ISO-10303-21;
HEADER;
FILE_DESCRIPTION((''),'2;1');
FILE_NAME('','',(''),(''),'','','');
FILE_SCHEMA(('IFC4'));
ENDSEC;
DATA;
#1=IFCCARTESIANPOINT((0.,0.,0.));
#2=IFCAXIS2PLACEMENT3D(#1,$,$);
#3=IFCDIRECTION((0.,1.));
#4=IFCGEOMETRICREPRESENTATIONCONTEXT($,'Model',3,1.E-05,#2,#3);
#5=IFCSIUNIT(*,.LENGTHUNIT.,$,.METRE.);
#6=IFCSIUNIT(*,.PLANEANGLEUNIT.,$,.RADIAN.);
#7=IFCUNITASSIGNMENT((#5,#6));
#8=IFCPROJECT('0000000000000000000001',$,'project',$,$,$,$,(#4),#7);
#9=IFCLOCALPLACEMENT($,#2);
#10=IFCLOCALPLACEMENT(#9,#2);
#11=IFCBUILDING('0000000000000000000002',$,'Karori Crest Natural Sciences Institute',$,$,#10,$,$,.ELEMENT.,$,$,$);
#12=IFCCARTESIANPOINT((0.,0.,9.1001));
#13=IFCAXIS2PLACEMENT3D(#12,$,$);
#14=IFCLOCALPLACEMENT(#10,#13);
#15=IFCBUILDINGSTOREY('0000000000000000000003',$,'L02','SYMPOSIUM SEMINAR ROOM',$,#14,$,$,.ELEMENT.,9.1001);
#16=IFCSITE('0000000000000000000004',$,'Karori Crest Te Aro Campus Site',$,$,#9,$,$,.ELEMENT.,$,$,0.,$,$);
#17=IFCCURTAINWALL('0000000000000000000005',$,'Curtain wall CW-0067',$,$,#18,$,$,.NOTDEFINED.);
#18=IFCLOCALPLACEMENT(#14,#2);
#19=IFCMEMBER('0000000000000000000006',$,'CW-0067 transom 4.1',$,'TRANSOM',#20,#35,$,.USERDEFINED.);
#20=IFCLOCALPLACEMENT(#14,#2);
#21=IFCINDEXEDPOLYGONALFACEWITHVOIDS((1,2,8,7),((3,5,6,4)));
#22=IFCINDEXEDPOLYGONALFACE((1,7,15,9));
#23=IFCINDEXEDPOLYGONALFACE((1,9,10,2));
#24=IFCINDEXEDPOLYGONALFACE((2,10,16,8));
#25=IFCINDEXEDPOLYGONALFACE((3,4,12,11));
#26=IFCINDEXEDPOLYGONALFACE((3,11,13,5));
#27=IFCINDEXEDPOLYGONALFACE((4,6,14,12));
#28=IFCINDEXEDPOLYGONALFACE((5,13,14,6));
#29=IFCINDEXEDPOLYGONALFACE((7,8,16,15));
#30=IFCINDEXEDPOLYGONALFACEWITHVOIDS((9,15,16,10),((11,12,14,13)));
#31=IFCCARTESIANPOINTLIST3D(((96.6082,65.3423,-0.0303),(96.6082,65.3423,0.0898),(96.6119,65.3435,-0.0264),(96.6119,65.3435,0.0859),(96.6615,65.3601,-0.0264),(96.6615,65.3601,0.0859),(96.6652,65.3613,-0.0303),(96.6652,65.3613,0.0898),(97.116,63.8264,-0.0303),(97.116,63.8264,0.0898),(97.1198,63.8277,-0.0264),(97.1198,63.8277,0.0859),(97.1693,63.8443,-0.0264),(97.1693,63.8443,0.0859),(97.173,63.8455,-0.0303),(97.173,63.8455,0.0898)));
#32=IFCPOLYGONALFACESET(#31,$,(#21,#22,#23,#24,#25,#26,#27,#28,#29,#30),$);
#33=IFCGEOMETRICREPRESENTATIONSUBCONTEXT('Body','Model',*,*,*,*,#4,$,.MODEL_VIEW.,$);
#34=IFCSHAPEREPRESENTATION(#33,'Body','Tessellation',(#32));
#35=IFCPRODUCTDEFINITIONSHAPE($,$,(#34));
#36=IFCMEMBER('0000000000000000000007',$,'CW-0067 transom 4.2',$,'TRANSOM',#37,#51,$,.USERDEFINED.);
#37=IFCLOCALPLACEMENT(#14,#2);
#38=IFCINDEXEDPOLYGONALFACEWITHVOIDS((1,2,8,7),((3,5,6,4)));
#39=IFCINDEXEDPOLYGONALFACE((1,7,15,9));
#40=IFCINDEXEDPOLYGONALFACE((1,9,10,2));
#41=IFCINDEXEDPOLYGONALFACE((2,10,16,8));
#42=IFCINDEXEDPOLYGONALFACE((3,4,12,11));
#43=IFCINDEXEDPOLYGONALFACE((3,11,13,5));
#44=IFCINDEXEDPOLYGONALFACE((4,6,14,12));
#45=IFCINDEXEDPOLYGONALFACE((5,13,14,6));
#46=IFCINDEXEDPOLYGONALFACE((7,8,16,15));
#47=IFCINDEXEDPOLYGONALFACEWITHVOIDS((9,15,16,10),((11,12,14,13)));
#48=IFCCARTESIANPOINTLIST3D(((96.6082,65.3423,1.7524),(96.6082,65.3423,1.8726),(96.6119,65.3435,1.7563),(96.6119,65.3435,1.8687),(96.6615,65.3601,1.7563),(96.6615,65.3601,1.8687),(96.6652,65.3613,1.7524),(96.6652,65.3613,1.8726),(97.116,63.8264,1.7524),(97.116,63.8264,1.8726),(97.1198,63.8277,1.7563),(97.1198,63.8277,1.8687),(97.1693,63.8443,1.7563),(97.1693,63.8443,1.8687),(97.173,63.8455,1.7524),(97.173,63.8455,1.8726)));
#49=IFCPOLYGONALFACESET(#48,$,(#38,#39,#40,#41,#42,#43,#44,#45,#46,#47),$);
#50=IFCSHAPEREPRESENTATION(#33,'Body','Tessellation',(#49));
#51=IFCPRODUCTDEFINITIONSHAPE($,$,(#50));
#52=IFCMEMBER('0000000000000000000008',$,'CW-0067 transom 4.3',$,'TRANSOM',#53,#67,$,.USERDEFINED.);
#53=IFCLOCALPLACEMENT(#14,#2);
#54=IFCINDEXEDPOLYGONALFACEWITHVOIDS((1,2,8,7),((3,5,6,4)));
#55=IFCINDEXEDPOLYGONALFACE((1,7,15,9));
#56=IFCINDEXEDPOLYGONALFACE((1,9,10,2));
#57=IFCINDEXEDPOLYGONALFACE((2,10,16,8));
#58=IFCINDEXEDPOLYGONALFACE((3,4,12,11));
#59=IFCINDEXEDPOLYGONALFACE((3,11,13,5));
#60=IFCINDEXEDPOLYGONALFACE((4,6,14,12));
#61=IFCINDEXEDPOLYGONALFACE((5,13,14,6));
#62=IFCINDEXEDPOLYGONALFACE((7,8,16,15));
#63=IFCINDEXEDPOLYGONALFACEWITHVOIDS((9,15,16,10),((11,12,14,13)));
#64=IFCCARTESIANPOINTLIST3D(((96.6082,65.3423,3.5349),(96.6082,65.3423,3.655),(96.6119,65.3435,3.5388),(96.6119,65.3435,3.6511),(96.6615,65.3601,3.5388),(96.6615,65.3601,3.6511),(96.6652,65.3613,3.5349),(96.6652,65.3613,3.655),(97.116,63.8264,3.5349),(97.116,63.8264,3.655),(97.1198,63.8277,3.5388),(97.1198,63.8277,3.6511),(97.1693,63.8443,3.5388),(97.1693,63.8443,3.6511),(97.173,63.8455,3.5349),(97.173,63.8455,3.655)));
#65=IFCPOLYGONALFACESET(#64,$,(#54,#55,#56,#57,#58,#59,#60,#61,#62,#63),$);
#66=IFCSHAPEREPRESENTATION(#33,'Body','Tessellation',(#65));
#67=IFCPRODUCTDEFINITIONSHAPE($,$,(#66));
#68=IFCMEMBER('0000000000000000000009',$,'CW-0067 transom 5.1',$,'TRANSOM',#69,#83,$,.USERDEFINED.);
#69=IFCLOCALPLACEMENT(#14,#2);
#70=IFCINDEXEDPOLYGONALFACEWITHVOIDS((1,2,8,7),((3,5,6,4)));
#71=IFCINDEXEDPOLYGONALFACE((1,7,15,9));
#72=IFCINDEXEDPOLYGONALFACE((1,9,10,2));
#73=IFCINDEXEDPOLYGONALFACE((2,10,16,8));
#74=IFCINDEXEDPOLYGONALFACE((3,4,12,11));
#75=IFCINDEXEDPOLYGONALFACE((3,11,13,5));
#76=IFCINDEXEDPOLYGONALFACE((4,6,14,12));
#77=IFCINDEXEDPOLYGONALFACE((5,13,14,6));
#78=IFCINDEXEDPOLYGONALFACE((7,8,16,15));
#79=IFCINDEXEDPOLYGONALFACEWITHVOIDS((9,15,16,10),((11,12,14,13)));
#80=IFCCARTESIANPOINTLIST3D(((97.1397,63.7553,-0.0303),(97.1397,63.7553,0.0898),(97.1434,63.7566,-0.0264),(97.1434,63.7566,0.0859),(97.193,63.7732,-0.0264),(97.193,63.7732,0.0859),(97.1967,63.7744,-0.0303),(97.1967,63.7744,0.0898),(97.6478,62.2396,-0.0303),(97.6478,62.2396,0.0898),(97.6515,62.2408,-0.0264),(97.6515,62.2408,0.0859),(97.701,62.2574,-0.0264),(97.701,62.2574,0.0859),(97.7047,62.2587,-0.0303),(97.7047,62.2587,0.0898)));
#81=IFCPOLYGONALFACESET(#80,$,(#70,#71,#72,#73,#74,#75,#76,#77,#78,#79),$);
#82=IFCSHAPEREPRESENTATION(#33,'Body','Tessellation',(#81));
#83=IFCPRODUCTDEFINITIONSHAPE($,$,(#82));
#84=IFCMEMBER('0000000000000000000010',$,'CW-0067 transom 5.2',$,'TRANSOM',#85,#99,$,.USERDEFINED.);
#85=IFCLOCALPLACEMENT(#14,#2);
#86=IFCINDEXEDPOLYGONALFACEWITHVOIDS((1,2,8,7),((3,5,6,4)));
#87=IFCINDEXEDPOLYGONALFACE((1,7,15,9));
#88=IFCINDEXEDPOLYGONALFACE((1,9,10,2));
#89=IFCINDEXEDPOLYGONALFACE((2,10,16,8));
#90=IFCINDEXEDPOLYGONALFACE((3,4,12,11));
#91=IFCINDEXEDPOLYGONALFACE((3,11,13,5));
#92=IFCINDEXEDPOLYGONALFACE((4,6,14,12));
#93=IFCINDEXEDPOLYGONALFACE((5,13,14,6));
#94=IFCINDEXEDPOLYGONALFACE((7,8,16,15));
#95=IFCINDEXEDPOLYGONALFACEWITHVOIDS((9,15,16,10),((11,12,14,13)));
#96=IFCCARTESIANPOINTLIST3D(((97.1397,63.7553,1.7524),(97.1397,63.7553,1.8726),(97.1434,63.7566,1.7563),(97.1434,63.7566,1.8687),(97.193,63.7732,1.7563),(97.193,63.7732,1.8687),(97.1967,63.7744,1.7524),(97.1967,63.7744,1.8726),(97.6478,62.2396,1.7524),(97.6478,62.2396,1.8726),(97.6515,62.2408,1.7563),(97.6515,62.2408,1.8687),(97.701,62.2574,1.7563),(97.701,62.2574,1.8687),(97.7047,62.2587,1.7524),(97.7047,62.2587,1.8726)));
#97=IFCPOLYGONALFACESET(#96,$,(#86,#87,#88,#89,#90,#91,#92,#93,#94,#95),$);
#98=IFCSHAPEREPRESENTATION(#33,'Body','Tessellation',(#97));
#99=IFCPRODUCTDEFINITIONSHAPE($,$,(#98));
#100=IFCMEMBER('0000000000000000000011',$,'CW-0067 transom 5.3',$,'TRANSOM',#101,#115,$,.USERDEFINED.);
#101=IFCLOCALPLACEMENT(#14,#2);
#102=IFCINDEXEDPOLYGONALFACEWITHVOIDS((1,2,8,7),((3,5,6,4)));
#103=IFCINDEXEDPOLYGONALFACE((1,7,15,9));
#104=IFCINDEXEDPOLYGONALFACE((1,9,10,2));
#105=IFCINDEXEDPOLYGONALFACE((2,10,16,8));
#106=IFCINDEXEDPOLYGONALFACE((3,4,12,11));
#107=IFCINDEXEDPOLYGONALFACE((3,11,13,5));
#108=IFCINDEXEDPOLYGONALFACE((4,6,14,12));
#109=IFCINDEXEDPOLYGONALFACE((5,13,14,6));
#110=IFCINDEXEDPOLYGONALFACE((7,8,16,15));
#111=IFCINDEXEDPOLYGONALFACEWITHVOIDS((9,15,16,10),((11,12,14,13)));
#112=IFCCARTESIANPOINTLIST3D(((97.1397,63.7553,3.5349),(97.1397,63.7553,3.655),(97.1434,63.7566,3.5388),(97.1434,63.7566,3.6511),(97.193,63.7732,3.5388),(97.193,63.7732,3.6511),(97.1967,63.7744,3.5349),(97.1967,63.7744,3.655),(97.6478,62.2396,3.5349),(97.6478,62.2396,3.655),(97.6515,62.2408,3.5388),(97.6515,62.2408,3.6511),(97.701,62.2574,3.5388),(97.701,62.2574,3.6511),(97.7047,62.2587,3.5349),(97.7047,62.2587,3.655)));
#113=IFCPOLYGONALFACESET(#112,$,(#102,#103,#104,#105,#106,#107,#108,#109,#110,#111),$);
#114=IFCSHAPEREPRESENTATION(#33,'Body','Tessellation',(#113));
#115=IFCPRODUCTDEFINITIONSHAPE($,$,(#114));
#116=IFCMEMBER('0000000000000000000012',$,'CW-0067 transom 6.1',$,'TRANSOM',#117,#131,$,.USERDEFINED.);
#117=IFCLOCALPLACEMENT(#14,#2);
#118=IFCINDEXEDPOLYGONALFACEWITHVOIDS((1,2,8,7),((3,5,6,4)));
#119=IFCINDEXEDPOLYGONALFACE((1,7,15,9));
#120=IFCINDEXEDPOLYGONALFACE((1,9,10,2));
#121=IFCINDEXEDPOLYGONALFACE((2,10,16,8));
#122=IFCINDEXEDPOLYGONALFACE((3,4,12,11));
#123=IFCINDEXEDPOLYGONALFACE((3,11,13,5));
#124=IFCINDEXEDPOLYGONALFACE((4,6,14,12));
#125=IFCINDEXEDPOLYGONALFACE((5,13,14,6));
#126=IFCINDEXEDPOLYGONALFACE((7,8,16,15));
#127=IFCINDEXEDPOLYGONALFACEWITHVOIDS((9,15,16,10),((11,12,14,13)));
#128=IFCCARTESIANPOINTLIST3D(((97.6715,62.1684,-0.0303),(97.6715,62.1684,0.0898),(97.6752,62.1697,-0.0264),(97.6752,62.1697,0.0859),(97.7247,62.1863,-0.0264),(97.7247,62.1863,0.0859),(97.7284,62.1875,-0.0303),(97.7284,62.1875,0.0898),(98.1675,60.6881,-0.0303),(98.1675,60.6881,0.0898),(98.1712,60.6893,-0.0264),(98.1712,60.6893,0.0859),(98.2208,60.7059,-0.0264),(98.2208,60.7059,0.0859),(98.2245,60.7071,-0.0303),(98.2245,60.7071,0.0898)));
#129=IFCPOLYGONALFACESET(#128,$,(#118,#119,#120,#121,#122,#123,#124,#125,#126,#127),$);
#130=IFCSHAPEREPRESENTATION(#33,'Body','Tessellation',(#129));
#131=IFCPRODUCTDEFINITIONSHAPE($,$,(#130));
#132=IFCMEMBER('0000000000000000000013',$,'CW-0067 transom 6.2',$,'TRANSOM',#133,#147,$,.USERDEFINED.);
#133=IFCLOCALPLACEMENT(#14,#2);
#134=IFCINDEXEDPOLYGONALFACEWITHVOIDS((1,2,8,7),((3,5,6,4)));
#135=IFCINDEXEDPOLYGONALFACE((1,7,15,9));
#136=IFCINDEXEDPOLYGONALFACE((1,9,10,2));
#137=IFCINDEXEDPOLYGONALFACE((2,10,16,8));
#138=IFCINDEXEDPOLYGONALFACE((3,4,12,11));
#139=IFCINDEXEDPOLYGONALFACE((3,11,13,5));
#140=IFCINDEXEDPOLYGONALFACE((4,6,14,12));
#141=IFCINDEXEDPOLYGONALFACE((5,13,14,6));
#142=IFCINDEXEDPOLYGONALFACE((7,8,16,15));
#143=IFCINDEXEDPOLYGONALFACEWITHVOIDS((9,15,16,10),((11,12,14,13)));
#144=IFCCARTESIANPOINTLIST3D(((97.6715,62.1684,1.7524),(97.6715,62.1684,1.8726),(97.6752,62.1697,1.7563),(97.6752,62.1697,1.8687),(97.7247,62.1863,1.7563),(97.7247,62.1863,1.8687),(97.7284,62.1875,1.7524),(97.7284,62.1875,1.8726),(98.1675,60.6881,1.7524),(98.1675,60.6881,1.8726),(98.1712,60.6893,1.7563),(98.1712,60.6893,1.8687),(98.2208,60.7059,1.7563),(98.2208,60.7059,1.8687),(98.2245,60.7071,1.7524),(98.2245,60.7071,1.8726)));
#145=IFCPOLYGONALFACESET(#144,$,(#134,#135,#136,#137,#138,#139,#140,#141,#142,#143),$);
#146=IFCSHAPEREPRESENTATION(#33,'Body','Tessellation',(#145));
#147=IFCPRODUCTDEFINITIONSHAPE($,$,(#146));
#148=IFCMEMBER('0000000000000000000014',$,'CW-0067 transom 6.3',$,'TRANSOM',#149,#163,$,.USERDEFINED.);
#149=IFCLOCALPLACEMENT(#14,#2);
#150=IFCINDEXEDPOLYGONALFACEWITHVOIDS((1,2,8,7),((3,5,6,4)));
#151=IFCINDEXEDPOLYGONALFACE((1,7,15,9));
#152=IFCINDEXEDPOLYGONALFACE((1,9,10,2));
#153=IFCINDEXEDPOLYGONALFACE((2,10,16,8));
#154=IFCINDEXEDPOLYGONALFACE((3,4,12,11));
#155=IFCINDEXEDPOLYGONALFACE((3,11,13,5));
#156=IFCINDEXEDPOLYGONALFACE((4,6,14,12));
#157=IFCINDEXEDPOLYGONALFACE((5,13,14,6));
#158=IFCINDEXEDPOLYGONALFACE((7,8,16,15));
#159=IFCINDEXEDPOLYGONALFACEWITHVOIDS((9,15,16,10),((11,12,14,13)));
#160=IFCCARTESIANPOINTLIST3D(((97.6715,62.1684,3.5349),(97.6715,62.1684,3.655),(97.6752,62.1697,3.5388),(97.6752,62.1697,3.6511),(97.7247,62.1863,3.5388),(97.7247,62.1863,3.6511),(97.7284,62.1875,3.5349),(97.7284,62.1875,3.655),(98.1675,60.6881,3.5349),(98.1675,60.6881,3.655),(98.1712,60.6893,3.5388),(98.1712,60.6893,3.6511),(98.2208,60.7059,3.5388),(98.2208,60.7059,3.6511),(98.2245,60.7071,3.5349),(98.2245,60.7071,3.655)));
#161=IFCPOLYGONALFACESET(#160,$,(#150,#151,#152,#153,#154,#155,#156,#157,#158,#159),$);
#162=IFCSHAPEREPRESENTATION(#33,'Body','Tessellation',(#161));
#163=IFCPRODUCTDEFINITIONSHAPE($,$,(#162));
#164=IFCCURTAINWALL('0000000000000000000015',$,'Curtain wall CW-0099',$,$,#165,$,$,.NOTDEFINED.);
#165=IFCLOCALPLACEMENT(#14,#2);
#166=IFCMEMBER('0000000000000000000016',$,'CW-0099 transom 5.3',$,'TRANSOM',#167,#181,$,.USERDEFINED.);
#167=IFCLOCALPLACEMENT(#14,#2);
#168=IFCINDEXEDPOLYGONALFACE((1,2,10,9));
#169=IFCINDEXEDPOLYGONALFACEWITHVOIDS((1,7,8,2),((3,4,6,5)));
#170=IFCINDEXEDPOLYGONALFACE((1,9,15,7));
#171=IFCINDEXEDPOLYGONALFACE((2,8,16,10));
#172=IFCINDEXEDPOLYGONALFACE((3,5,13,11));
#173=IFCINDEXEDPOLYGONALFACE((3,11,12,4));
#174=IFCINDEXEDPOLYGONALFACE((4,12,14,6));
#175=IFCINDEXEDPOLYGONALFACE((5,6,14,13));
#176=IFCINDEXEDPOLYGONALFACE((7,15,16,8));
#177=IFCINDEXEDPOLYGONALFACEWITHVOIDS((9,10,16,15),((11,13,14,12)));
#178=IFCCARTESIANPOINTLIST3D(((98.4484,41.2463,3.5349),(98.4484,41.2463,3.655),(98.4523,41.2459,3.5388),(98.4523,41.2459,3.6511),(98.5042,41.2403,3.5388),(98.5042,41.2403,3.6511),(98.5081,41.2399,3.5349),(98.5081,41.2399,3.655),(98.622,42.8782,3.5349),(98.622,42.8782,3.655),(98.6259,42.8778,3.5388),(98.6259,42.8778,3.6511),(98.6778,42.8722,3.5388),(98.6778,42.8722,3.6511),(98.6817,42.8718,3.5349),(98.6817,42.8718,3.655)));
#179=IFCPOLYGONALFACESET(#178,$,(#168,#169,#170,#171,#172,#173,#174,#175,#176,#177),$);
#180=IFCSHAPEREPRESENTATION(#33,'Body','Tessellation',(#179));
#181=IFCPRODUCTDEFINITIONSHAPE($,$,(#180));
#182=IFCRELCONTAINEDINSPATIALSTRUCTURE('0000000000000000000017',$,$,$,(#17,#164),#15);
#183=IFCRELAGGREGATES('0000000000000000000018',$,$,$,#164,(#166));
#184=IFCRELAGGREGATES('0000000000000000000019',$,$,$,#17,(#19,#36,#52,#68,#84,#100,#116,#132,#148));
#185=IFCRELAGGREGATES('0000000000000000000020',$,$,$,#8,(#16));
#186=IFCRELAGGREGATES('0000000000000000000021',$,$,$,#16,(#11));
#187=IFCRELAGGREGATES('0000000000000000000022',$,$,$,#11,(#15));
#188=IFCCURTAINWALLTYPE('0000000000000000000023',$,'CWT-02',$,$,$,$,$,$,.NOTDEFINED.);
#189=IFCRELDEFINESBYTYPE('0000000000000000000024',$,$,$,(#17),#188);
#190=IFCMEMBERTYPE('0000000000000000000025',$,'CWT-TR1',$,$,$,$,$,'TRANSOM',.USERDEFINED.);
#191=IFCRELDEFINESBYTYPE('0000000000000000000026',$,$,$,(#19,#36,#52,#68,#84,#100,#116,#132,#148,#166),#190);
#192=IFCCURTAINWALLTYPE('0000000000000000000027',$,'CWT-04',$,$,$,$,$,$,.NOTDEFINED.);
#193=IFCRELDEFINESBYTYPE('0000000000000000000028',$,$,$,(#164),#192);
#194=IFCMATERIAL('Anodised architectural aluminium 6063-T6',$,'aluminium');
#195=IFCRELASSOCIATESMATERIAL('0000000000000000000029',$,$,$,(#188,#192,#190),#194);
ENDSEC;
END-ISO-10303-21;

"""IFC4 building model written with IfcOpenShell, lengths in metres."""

from ifc_helpers import new_model, si_unit, direction, frame, origin, origin_2d, place, context, subcontext, project, spatial, hollow_rectangle, extrude, material, material_profile, profile_set, type_object, element, aggregate, save


model = new_model("IFC4")

# Units and contexts
model_context = context("Model", 3, precision=1e-05, world=origin(), true_north=direction((0.0, 1.0)))
body_context = subcontext(model_context, "Body", "Model", "MODEL_VIEW")
ifc_project = project(units=[si_unit("LENGTHUNIT", "METRE"), si_unit("PLANEANGLEUNIT", "RADIAN")], contexts=[model_context])

# Site, building, storey
site_placement = place(None, origin())
site = spatial("IfcSite", under=ifc_project, at=site_placement, Name="Karori Crest Te Aro Campus Site", CompositionType="ELEMENT", RefElevation=0.0)
building_placement = place(site_placement, origin())
building = spatial("IfcBuilding", under=site, at=building_placement, Name="Karori Crest Natural Sciences Institute", CompositionType="ELEMENT")
storey_placement = place(building_placement, frame((0.0, 0.0, 9.1001)))
storey = spatial("IfcBuildingStorey", under=building, at=storey_placement, Name="L02", Description="SYMPOSIUM SEMINAR ROOM", CompositionType="ELEMENT", Elevation=9.1001)

# Curtain wall, members
ifc_material_1 = material(Name="Anodised architectural aluminium 6063-T6", Category="aluminium")
curtain_wall_type_1 = type_object("IfcCurtainWallType", Name="CWT-02", PredefinedType="NOTDEFINED", material=ifc_material_1)
curtain_wall_1_placement = place(storey_placement, origin())
curtain_wall_1 = element("IfcCurtainWall", 1, at=curtain_wall_1_placement, inside=storey, type_object=curtain_wall_type_1, Name="Curtain wall CW-0067", PredefinedType="NOTDEFINED")
ifc_material_profile_1 = material_profile(ifc_material_1, hollow_rectangle(XDim=0.0601, YDim=0.1201, WallThickness=0.0039, at=origin_2d()), Name="CWT120x60x4")
ifc_profile_set_1 = profile_set([ifc_material_profile_1], Name="Anodised architectural aluminium 6063-T6")
member_type_1 = type_object("IfcMemberType", Name="CWT-TR1", ElementType="TRANSOM", PredefinedType="USERDEFINED", material=ifc_profile_set_1)
member_1_placement = place(storey_placement, frame((96.6367, 65.3518, 0.0298), z_axis=(0.317648, -0.948209, 0.0), x_axis=(0.948209, 0.317648, 0.0)))
member_1 = element("IfcMember", 2, at=member_1_placement, type_object=member_type_1, Name="CW-0067 transom 4.1", ObjectType="TRANSOM", PredefinedType="USERDEFINED", context=body_context, shape_type="SweptSolid", body=[
    extrude(hollow_rectangle(XDim=0.0601, YDim=0.1201, WallThickness=0.0039, at=origin_2d()), origin(), (0.0, 0.0, 1.0), 1.5986),
])
member_2_placement = place(storey_placement, frame((96.6367, 65.3518, 1.8125), z_axis=(0.317648, -0.948209, 0.0), x_axis=(0.948209, 0.317648, 0.0)))
member_2 = element("IfcMember", 3, at=member_2_placement, type_object=member_type_1, Name="CW-0067 transom 4.2", ObjectType="TRANSOM", PredefinedType="USERDEFINED", context=body_context, shape_type="SweptSolid", body=[
    extrude(hollow_rectangle(XDim=0.0601, YDim=0.1201, WallThickness=0.0039, at=origin_2d()), origin(), (0.0, 0.0, 1.0), 1.5986),
])
member_3_placement = place(storey_placement, frame((96.6367, 65.3518, 3.595), z_axis=(0.317648, -0.948209, 0.0), x_axis=(0.948209, 0.317648, 0.0)))
member_3 = element("IfcMember", 4, at=member_3_placement, type_object=member_type_1, Name="CW-0067 transom 4.3", ObjectType="TRANSOM", PredefinedType="USERDEFINED", context=body_context, shape_type="SweptSolid", body=[
    extrude(hollow_rectangle(XDim=0.0601, YDim=0.1201, WallThickness=0.0039, at=origin_2d()), origin(), (0.0, 0.0, 1.0), 1.5986),
])
member_4_placement = place(storey_placement, frame((97.1682, 63.7649, 0.0298), z_axis=(0.317785, -0.948163, 0.0), x_axis=(0.948163, 0.317785, 0.0)))
member_4 = element("IfcMember", 5, at=member_4_placement, type_object=member_type_1, Name="CW-0067 transom 5.1", ObjectType="TRANSOM", PredefinedType="USERDEFINED", context=body_context, shape_type="SweptSolid", body=[
    extrude(hollow_rectangle(XDim=0.0601, YDim=0.1201, WallThickness=0.0039, at=origin_2d()), origin(), (0.0, 0.0, 1.0), 1.5986),
])
member_5_placement = place(storey_placement, frame((97.1682, 63.7649, 1.8125), z_axis=(0.317785, -0.948163, 0.0), x_axis=(0.948163, 0.317785, 0.0)))
member_5 = element("IfcMember", 6, at=member_5_placement, type_object=member_type_1, Name="CW-0067 transom 5.2", ObjectType="TRANSOM", PredefinedType="USERDEFINED", context=body_context, shape_type="SweptSolid", body=[
    extrude(hollow_rectangle(XDim=0.0601, YDim=0.1201, WallThickness=0.0039, at=origin_2d()), origin(), (0.0, 0.0, 1.0), 1.5986),
])
member_6_placement = place(storey_placement, frame((97.1682, 63.7649, 3.595), z_axis=(0.317785, -0.948163, 0.0), x_axis=(0.948163, 0.317785, 0.0)))
member_6 = element("IfcMember", 7, at=member_6_placement, type_object=member_type_1, Name="CW-0067 transom 5.3", ObjectType="TRANSOM", PredefinedType="USERDEFINED", context=body_context, shape_type="SweptSolid", body=[
    extrude(hollow_rectangle(XDim=0.0601, YDim=0.1201, WallThickness=0.0039, at=origin_2d()), origin(), (0.0, 0.0, 1.0), 1.5986),
])
member_7_placement = place(storey_placement, frame((97.7, 62.178, 0.0298), z_axis=(0.317728, -0.948182, 0.0), x_axis=(0.948182, 0.317728, 0.0)))
member_7 = element("IfcMember", 8, at=member_7_placement, type_object=member_type_1, Name="CW-0067 transom 6.1", ObjectType="TRANSOM", PredefinedType="USERDEFINED", context=body_context, shape_type="SweptSolid", body=[
    extrude(hollow_rectangle(XDim=0.0601, YDim=0.1201, WallThickness=0.0039, at=origin_2d()), origin(), (0.0, 0.0, 1.0), 1.5613),
])
member_8_placement = place(storey_placement, frame((97.7, 62.178, 1.8125), z_axis=(0.317728, -0.948182, 0.0), x_axis=(0.948182, 0.317728, 0.0)))
member_8 = element("IfcMember", 9, at=member_8_placement, type_object=member_type_1, Name="CW-0067 transom 6.2", ObjectType="TRANSOM", PredefinedType="USERDEFINED", context=body_context, shape_type="SweptSolid", body=[
    extrude(hollow_rectangle(XDim=0.0601, YDim=0.1201, WallThickness=0.0039, at=origin_2d()), origin(), (0.0, 0.0, 1.0), 1.5613),
])
member_9_placement = place(storey_placement, frame((97.7, 62.178, 3.595), z_axis=(0.317728, -0.948182, 0.0), x_axis=(0.948182, 0.317728, 0.0)))
member_9 = element("IfcMember", 10, at=member_9_placement, type_object=member_type_1, Name="CW-0067 transom 6.3", ObjectType="TRANSOM", PredefinedType="USERDEFINED", context=body_context, shape_type="SweptSolid", body=[
    extrude(hollow_rectangle(XDim=0.0601, YDim=0.1201, WallThickness=0.0039, at=origin_2d()), origin(), (0.0, 0.0, 1.0), 1.5613),
])

# Curtain wall, member
curtain_wall_type_2 = type_object("IfcCurtainWallType", Name="CWT-04", PredefinedType="NOTDEFINED", material=ifc_material_1)
curtain_wall_2_placement = place(storey_placement, origin())
curtain_wall_2 = element("IfcCurtainWall", 11, at=curtain_wall_2_placement, inside=storey, type_object=curtain_wall_type_2, Name="Curtain wall CW-0099", PredefinedType="NOTDEFINED")
member_10_placement = place(storey_placement, frame((98.6519, 42.875, 3.595), z_axis=(-0.105777, -0.99439, 0.0), x_axis=(0.99439, -0.105777, 0.0)))
member_10 = element("IfcMember", 12, at=member_10_placement, type_object=member_type_1, Name="CW-0099 transom 5.3", ObjectType="TRANSOM", PredefinedType="USERDEFINED", context=body_context, shape_type="SweptSolid", body=[
    extrude(hollow_rectangle(XDim=0.0601, YDim=0.1201, WallThickness=0.0039, at=origin_2d()), origin(), (0.0, 0.0, 1.0), 1.6411),
])
aggregate(curtain_wall_2, [member_10])

aggregate(curtain_wall_1, [member_1, member_2, member_3, member_4, member_5, member_6, member_7, member_8, member_9])

save(model, "model.ifc")
